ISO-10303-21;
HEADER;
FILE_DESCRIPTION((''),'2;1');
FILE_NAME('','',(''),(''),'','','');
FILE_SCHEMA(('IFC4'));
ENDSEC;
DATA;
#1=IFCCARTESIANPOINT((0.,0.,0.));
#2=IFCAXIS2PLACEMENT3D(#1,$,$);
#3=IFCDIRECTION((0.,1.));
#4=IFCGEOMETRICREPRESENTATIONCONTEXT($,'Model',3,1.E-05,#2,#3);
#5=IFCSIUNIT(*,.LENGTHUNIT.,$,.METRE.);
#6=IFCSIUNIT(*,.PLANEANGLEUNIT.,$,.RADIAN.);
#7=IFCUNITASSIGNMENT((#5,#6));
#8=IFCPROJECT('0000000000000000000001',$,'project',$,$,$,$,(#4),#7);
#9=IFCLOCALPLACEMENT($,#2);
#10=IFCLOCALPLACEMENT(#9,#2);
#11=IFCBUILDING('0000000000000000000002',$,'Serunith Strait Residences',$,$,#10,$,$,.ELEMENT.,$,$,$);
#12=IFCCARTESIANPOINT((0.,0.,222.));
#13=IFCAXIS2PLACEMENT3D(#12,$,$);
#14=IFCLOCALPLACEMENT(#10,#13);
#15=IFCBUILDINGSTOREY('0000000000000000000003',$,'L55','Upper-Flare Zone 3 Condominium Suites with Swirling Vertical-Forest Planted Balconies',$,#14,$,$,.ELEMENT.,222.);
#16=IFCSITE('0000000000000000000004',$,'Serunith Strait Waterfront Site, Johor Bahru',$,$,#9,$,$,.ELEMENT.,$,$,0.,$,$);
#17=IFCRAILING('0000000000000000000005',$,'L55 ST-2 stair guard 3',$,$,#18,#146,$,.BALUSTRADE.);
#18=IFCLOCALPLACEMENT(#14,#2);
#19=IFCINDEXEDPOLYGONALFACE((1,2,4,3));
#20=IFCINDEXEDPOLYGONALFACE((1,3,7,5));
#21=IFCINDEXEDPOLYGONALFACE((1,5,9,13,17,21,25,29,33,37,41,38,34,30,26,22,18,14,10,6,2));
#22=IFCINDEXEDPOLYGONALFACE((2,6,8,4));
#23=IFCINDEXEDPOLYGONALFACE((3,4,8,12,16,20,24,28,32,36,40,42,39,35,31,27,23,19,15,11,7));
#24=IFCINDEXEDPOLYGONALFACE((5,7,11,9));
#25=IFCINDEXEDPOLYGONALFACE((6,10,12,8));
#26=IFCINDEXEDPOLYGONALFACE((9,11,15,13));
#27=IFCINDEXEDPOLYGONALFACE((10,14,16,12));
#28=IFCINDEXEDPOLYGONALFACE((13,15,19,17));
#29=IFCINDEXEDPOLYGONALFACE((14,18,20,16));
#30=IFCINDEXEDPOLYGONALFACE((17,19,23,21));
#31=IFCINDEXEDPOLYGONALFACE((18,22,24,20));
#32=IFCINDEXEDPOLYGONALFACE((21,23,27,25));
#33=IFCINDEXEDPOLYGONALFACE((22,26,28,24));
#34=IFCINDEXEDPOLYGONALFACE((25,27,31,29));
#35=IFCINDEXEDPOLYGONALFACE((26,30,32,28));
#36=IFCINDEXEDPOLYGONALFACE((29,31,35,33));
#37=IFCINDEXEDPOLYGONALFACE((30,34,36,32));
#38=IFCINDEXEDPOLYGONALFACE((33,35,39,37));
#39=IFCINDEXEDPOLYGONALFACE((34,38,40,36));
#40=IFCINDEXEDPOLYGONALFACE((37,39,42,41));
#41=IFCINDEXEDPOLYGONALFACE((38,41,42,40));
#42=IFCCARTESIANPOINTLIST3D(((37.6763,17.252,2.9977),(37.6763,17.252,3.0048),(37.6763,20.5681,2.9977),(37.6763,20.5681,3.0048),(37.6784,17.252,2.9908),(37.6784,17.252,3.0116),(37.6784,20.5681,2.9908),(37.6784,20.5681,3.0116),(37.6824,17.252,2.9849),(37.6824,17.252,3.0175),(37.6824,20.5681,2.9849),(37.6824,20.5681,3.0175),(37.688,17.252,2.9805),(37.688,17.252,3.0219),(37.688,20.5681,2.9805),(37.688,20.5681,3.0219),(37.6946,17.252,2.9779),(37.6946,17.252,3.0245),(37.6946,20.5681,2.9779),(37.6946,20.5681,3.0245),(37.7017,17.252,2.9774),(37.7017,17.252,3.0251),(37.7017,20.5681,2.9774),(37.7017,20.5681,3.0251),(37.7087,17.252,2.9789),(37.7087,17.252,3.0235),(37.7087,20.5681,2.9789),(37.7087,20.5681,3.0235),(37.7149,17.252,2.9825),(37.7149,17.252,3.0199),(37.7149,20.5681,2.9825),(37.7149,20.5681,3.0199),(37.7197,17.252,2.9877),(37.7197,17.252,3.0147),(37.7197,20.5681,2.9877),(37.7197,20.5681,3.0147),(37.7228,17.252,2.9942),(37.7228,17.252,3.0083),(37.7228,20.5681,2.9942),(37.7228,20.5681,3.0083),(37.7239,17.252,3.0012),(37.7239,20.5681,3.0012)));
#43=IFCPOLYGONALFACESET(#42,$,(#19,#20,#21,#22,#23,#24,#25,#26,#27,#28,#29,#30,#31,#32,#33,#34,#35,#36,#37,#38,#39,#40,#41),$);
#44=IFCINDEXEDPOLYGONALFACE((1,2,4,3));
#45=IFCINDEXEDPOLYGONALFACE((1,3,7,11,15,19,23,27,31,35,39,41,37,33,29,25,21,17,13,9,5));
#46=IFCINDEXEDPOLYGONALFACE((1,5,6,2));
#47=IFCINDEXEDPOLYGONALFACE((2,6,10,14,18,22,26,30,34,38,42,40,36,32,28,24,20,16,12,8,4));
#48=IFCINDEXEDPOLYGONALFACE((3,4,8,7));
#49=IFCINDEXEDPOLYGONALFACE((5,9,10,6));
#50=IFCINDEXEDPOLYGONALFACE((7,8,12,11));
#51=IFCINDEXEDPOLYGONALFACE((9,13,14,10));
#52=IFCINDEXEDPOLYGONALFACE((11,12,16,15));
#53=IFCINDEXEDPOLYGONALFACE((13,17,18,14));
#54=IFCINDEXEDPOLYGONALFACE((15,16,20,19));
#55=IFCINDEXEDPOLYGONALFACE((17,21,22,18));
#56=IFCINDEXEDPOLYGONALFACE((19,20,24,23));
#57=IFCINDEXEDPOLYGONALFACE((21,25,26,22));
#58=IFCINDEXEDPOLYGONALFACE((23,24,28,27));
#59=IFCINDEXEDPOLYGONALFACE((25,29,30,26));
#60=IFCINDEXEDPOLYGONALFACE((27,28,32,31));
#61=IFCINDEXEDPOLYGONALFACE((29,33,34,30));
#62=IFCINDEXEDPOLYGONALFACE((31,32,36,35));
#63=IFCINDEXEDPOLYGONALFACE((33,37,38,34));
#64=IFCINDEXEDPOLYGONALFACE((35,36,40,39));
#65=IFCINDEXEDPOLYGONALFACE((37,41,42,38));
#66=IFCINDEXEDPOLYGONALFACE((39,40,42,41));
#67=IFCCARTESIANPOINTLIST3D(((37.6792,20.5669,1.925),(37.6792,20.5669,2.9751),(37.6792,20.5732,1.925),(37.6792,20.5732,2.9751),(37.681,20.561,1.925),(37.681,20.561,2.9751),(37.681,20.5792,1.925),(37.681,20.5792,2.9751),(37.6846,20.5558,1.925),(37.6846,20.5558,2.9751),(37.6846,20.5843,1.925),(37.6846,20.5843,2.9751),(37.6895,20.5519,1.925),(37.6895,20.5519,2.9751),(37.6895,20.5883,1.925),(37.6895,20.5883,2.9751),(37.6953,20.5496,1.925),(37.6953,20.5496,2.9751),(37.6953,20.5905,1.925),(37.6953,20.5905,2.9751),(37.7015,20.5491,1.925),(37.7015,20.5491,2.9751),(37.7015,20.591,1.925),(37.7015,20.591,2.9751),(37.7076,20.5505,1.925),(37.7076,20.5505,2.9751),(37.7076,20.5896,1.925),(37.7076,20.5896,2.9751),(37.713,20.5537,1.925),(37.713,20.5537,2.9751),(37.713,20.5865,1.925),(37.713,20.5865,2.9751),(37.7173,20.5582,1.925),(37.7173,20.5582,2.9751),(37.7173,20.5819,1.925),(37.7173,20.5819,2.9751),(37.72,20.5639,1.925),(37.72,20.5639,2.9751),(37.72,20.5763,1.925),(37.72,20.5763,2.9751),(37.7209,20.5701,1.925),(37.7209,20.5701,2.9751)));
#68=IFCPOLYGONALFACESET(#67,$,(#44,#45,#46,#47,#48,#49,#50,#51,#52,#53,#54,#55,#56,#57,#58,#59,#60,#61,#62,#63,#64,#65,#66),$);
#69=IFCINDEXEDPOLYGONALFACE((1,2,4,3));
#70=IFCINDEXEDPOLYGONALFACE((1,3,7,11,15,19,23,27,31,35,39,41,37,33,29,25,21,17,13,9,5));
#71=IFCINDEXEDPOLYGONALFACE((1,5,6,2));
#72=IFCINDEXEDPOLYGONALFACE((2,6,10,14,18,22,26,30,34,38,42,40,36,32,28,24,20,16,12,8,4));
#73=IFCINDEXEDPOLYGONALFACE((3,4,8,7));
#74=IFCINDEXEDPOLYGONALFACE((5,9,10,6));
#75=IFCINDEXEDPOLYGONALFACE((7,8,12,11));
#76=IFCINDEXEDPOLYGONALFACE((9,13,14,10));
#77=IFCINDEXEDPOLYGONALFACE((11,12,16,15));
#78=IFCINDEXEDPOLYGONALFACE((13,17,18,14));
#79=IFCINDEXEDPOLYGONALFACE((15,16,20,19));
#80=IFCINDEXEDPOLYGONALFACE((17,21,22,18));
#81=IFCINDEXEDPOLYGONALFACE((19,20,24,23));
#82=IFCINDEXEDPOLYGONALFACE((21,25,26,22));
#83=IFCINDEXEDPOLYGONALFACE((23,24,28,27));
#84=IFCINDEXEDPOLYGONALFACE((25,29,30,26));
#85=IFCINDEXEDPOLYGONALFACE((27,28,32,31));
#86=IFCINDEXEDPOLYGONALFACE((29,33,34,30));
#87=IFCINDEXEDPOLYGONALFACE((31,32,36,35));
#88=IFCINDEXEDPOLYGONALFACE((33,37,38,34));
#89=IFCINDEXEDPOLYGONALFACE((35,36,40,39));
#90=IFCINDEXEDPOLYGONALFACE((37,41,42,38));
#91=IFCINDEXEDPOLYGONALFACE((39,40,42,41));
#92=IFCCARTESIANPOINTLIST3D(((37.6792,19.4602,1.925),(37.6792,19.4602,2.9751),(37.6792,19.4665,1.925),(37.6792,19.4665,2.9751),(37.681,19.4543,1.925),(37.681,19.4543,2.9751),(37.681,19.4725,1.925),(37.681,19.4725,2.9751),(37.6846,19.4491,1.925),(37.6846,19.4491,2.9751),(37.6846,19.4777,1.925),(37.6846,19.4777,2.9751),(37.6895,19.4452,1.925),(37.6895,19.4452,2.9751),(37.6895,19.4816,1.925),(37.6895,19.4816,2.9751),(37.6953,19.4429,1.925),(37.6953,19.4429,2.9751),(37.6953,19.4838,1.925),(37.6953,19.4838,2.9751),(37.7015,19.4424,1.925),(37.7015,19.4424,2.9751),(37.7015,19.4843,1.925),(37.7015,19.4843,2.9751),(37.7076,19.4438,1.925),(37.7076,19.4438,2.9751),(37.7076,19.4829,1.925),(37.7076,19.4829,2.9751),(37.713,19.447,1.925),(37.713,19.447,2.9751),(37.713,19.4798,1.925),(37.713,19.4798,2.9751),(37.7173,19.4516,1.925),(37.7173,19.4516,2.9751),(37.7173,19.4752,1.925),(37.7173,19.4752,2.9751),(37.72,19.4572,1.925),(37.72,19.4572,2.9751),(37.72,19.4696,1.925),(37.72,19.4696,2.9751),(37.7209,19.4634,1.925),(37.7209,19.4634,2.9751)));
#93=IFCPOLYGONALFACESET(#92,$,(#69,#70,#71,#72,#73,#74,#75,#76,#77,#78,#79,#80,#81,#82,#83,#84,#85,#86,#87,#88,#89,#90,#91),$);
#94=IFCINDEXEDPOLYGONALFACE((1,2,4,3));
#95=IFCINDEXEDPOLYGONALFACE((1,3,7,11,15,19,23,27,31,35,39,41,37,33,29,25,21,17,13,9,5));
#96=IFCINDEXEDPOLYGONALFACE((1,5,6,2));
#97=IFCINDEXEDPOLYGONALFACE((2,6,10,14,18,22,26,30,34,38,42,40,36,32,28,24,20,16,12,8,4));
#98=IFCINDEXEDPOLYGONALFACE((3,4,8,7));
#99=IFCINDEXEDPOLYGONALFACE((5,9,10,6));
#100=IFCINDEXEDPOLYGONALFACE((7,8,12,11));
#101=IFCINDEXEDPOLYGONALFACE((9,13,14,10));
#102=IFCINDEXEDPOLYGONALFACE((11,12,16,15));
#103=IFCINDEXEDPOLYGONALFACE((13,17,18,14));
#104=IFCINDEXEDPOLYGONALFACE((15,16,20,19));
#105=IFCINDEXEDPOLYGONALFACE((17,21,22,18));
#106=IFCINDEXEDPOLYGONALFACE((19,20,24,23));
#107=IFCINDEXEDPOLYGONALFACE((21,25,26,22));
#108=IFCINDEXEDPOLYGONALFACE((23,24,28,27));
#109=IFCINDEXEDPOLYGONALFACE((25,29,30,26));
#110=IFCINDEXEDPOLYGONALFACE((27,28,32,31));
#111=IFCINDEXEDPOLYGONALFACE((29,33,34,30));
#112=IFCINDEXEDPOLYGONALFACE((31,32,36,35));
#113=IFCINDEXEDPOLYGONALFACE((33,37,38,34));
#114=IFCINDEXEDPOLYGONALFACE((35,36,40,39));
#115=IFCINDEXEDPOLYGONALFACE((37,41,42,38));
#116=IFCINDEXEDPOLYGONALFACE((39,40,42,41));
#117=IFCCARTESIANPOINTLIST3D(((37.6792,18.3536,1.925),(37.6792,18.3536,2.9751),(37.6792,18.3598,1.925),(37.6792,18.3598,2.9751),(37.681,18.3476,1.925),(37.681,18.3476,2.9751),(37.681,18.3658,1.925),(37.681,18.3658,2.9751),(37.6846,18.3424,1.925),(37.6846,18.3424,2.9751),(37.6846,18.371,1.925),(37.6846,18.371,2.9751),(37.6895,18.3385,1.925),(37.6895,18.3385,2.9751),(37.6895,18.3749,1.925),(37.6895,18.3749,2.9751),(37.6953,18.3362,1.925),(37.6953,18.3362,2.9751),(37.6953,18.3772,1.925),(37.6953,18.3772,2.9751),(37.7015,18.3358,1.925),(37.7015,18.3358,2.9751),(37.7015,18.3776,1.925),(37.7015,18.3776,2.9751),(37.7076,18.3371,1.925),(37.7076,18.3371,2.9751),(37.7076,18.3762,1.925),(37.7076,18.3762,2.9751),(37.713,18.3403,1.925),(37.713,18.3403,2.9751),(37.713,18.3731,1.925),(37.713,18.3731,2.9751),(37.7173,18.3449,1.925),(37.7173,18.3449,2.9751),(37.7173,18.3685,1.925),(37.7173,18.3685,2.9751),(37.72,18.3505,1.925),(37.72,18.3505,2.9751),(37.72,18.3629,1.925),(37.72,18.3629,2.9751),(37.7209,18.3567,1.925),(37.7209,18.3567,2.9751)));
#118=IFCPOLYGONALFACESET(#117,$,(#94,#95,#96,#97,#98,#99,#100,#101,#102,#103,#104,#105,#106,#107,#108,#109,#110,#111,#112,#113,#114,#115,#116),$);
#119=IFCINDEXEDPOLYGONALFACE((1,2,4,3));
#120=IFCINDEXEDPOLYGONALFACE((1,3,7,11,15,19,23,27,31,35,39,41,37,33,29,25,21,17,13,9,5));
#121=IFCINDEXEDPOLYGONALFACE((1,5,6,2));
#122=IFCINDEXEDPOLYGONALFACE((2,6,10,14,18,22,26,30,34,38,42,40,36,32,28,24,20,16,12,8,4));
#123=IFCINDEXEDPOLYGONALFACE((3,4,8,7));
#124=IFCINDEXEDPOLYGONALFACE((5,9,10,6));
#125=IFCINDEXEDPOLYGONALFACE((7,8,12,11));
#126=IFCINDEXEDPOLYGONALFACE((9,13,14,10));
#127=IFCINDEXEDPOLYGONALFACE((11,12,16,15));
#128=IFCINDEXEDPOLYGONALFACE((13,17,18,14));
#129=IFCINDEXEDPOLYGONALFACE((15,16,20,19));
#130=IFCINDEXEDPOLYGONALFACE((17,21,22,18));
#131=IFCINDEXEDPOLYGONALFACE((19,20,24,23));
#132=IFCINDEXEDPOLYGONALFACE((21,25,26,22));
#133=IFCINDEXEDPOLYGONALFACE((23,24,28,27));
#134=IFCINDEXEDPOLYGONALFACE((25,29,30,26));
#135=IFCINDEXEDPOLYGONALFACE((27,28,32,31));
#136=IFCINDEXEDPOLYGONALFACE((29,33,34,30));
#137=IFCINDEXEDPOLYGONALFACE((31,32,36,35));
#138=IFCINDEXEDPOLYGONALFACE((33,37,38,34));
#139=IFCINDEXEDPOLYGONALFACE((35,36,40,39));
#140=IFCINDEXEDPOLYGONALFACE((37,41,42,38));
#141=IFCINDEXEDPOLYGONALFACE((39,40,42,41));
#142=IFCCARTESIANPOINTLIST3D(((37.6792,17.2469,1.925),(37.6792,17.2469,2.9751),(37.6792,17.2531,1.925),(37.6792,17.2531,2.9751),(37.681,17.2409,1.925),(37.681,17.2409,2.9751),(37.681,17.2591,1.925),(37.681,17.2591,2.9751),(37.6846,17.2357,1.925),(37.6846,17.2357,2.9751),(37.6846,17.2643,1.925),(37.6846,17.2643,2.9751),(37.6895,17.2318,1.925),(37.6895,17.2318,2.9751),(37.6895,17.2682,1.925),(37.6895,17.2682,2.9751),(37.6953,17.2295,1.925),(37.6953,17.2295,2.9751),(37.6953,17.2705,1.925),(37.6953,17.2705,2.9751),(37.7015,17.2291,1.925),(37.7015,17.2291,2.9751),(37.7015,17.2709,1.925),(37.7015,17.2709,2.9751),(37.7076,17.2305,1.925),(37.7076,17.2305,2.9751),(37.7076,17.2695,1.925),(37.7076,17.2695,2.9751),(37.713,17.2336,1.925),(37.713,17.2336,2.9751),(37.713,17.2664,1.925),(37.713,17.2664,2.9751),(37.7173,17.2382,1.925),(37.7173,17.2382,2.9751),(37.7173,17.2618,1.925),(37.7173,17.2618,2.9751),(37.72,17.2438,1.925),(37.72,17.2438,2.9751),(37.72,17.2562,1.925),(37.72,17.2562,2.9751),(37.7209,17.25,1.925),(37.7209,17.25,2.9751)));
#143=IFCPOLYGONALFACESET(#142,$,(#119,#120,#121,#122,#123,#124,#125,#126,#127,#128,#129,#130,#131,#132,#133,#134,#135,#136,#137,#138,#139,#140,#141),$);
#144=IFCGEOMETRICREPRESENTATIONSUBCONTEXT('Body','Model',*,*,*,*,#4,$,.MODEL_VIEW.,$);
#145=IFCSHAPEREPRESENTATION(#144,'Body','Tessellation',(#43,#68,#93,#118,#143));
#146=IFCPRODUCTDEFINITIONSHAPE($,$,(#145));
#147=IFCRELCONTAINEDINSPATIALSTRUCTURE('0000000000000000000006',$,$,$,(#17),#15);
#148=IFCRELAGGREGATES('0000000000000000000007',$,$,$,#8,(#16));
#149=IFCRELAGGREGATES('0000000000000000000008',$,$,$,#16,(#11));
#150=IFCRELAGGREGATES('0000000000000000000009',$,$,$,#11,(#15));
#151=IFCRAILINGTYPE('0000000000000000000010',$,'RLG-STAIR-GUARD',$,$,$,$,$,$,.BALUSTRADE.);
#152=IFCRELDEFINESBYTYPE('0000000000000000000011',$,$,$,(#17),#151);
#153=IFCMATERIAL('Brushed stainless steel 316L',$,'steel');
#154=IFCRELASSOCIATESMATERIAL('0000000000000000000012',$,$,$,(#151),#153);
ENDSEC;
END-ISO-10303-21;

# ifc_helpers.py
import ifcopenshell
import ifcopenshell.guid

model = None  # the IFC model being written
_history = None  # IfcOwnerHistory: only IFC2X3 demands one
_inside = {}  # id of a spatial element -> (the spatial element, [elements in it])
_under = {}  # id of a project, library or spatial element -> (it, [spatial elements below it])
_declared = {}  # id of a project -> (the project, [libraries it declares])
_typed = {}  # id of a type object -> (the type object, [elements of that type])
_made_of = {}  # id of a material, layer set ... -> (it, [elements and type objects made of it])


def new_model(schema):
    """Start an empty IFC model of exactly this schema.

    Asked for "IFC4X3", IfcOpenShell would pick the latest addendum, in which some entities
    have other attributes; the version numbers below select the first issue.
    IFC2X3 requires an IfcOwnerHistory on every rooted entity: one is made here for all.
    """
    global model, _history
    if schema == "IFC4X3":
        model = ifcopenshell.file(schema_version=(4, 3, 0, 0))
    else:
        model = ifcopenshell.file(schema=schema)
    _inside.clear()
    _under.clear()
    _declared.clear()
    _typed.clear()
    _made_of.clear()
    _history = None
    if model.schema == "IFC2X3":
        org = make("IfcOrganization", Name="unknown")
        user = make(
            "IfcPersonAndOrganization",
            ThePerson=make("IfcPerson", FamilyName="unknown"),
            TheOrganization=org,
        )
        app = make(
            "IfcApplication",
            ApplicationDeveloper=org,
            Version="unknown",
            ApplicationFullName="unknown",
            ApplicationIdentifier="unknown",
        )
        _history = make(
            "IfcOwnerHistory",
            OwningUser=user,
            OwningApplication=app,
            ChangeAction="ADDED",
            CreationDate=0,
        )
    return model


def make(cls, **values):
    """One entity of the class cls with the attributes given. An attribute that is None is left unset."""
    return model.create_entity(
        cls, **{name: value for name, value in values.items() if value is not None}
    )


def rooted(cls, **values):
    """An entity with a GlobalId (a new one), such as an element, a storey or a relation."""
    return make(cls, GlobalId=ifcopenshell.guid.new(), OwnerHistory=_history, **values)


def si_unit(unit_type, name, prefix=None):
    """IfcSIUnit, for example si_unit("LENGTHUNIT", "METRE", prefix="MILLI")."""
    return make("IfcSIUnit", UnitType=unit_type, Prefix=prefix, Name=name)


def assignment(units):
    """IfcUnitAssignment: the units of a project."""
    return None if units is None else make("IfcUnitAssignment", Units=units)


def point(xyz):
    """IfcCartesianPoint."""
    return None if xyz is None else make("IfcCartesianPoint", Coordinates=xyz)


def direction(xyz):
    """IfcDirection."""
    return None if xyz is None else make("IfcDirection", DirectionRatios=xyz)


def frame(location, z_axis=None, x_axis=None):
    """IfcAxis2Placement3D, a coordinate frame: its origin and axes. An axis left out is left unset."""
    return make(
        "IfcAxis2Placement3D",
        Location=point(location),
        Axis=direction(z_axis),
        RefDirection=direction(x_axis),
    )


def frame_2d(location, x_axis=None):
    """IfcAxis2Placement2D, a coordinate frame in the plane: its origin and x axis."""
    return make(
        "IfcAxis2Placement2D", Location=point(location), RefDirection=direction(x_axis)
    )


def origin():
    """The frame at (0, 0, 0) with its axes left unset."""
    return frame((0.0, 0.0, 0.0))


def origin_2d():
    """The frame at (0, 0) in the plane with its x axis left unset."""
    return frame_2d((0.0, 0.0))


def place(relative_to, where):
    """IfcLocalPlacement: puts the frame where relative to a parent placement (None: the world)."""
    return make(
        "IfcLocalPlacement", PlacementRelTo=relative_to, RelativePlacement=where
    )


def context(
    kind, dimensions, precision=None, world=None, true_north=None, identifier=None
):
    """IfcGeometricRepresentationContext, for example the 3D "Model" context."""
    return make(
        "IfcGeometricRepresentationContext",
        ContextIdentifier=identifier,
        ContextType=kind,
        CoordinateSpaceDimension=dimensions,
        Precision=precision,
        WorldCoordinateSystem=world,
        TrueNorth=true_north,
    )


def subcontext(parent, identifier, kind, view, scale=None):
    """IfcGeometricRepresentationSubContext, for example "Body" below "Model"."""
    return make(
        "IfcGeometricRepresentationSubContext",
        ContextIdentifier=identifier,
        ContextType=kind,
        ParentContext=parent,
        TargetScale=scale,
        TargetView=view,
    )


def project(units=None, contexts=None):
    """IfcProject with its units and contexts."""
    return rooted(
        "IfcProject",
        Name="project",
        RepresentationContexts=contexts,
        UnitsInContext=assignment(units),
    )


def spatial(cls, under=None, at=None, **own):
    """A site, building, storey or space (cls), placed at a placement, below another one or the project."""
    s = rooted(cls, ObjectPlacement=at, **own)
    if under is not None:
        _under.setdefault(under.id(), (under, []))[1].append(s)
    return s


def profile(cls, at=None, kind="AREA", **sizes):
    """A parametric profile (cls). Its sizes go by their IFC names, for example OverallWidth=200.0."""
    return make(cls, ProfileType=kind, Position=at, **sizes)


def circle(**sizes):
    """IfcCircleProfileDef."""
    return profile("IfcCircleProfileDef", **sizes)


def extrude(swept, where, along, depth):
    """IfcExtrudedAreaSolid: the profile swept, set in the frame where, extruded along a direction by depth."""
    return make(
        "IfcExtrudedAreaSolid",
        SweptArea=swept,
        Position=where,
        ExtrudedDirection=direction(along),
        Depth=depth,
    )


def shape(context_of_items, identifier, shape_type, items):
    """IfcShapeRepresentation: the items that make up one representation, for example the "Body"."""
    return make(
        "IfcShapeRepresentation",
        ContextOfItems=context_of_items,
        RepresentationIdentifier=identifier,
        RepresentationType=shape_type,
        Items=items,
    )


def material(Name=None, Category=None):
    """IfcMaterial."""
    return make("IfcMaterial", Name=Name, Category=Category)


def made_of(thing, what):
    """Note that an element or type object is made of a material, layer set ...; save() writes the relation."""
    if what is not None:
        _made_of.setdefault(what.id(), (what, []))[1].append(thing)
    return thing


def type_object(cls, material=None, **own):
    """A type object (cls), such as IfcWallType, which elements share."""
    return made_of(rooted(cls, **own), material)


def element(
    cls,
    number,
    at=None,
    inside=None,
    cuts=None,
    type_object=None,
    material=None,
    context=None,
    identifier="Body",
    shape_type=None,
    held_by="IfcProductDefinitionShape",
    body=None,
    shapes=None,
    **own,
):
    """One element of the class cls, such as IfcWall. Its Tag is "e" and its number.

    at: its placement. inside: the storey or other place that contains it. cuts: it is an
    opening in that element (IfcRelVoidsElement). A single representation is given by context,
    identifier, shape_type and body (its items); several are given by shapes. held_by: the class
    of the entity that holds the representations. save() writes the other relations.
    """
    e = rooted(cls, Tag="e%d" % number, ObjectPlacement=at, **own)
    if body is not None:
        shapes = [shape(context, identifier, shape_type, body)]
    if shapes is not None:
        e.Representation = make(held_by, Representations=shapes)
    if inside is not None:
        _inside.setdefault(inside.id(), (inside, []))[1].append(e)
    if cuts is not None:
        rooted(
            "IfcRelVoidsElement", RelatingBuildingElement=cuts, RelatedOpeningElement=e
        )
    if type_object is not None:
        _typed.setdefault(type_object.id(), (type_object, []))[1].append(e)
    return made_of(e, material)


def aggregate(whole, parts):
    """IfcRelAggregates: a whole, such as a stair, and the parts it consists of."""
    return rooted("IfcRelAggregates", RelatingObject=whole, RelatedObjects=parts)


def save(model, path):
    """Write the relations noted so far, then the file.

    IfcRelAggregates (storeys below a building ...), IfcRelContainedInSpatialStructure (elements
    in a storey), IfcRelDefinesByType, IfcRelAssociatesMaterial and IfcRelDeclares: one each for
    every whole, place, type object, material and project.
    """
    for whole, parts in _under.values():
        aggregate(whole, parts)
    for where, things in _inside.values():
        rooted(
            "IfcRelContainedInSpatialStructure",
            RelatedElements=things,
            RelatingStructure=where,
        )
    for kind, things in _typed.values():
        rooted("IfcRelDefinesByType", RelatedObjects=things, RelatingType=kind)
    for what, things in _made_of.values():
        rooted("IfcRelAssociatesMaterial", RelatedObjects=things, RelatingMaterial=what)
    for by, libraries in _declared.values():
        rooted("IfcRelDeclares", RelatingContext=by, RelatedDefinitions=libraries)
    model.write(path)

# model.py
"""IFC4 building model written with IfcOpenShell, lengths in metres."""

from ifc_helpers import new_model, si_unit, direction, frame, origin, origin_2d, place, context, subcontext, project, spatial, circle, extrude, material, type_object, element, save


model = new_model("IFC4")

# Units and contexts
model_context = context("Model", 3, precision=1e-05, world=origin(), true_north=direction((0.0, 1.0)))
body_context = subcontext(model_context, "Body", "Model", "MODEL_VIEW")
ifc_project = project(units=[si_unit("LENGTHUNIT", "METRE"), si_unit("PLANEANGLEUNIT", "RADIAN")], contexts=[model_context])

# Site, building, storey
site_placement = place(None, origin())
site = spatial("IfcSite", under=ifc_project, at=site_placement, Name="Serunith Strait Waterfront Site, Johor Bahru", CompositionType="ELEMENT", RefElevation=0.0)
building_placement = place(site_placement, origin())
building = spatial("IfcBuilding", under=site, at=building_placement, Name="Serunith Strait Residences", CompositionType="ELEMENT")
storey_placement = place(building_placement, frame((0.0, 0.0, 222.0)))
storey = spatial("IfcBuildingStorey", under=building, at=storey_placement, Name="L55", Description="Upper-Flare Zone 3 Condominium Suites with Swirling Vertical-Forest Planted Balconies", CompositionType="ELEMENT", Elevation=222.0)

# Railing
ifc_material_1 = material(Name="Brushed stainless steel 316L", Category="steel")
railing_type_1 = type_object("IfcRailingType", Name="RLG-STAIR-GUARD", PredefinedType="BALUSTRADE", material=ifc_material_1)
for number, where, name in (
    (1, (37.7, 20.5701, 1.925), "L55 ST-2 stair guard 3"),
):
    element("IfcRailing", number, at=place(storey_placement, frame(where)), inside=storey, type_object=railing_type_1, Name=name, PredefinedType="BALUSTRADE", context=body_context, shape_type="SweptSolid", body=[
        extrude(circle(Radius=0.0239, at=origin_2d()), frame((0.0, -0.002, 1.0762), z_axis=(0.0, -1.0, 0.0), x_axis=(1.0, 0.0, 0.0)), (0.0, 0.0, 1.0), 3.3162),
        extrude(circle(Radius=0.021, at=origin_2d()), origin(), (0.0, 0.0, 1.0), 1.05),
        extrude(circle(Radius=0.021, at=origin_2d()), frame((0.0, -1.1067, 0.0)), (0.0, 0.0, 1.0), 1.05),
        extrude(circle(Radius=0.021, at=origin_2d()), frame((0.0, -2.2134, 0.0)), (0.0, 0.0, 1.0), 1.05),
        extrude(circle(Radius=0.021, at=origin_2d()), frame((0.0, -3.3201, 0.0)), (0.0, 0.0, 1.0), 1.05),
    ])

save(model, "model.ifc")
